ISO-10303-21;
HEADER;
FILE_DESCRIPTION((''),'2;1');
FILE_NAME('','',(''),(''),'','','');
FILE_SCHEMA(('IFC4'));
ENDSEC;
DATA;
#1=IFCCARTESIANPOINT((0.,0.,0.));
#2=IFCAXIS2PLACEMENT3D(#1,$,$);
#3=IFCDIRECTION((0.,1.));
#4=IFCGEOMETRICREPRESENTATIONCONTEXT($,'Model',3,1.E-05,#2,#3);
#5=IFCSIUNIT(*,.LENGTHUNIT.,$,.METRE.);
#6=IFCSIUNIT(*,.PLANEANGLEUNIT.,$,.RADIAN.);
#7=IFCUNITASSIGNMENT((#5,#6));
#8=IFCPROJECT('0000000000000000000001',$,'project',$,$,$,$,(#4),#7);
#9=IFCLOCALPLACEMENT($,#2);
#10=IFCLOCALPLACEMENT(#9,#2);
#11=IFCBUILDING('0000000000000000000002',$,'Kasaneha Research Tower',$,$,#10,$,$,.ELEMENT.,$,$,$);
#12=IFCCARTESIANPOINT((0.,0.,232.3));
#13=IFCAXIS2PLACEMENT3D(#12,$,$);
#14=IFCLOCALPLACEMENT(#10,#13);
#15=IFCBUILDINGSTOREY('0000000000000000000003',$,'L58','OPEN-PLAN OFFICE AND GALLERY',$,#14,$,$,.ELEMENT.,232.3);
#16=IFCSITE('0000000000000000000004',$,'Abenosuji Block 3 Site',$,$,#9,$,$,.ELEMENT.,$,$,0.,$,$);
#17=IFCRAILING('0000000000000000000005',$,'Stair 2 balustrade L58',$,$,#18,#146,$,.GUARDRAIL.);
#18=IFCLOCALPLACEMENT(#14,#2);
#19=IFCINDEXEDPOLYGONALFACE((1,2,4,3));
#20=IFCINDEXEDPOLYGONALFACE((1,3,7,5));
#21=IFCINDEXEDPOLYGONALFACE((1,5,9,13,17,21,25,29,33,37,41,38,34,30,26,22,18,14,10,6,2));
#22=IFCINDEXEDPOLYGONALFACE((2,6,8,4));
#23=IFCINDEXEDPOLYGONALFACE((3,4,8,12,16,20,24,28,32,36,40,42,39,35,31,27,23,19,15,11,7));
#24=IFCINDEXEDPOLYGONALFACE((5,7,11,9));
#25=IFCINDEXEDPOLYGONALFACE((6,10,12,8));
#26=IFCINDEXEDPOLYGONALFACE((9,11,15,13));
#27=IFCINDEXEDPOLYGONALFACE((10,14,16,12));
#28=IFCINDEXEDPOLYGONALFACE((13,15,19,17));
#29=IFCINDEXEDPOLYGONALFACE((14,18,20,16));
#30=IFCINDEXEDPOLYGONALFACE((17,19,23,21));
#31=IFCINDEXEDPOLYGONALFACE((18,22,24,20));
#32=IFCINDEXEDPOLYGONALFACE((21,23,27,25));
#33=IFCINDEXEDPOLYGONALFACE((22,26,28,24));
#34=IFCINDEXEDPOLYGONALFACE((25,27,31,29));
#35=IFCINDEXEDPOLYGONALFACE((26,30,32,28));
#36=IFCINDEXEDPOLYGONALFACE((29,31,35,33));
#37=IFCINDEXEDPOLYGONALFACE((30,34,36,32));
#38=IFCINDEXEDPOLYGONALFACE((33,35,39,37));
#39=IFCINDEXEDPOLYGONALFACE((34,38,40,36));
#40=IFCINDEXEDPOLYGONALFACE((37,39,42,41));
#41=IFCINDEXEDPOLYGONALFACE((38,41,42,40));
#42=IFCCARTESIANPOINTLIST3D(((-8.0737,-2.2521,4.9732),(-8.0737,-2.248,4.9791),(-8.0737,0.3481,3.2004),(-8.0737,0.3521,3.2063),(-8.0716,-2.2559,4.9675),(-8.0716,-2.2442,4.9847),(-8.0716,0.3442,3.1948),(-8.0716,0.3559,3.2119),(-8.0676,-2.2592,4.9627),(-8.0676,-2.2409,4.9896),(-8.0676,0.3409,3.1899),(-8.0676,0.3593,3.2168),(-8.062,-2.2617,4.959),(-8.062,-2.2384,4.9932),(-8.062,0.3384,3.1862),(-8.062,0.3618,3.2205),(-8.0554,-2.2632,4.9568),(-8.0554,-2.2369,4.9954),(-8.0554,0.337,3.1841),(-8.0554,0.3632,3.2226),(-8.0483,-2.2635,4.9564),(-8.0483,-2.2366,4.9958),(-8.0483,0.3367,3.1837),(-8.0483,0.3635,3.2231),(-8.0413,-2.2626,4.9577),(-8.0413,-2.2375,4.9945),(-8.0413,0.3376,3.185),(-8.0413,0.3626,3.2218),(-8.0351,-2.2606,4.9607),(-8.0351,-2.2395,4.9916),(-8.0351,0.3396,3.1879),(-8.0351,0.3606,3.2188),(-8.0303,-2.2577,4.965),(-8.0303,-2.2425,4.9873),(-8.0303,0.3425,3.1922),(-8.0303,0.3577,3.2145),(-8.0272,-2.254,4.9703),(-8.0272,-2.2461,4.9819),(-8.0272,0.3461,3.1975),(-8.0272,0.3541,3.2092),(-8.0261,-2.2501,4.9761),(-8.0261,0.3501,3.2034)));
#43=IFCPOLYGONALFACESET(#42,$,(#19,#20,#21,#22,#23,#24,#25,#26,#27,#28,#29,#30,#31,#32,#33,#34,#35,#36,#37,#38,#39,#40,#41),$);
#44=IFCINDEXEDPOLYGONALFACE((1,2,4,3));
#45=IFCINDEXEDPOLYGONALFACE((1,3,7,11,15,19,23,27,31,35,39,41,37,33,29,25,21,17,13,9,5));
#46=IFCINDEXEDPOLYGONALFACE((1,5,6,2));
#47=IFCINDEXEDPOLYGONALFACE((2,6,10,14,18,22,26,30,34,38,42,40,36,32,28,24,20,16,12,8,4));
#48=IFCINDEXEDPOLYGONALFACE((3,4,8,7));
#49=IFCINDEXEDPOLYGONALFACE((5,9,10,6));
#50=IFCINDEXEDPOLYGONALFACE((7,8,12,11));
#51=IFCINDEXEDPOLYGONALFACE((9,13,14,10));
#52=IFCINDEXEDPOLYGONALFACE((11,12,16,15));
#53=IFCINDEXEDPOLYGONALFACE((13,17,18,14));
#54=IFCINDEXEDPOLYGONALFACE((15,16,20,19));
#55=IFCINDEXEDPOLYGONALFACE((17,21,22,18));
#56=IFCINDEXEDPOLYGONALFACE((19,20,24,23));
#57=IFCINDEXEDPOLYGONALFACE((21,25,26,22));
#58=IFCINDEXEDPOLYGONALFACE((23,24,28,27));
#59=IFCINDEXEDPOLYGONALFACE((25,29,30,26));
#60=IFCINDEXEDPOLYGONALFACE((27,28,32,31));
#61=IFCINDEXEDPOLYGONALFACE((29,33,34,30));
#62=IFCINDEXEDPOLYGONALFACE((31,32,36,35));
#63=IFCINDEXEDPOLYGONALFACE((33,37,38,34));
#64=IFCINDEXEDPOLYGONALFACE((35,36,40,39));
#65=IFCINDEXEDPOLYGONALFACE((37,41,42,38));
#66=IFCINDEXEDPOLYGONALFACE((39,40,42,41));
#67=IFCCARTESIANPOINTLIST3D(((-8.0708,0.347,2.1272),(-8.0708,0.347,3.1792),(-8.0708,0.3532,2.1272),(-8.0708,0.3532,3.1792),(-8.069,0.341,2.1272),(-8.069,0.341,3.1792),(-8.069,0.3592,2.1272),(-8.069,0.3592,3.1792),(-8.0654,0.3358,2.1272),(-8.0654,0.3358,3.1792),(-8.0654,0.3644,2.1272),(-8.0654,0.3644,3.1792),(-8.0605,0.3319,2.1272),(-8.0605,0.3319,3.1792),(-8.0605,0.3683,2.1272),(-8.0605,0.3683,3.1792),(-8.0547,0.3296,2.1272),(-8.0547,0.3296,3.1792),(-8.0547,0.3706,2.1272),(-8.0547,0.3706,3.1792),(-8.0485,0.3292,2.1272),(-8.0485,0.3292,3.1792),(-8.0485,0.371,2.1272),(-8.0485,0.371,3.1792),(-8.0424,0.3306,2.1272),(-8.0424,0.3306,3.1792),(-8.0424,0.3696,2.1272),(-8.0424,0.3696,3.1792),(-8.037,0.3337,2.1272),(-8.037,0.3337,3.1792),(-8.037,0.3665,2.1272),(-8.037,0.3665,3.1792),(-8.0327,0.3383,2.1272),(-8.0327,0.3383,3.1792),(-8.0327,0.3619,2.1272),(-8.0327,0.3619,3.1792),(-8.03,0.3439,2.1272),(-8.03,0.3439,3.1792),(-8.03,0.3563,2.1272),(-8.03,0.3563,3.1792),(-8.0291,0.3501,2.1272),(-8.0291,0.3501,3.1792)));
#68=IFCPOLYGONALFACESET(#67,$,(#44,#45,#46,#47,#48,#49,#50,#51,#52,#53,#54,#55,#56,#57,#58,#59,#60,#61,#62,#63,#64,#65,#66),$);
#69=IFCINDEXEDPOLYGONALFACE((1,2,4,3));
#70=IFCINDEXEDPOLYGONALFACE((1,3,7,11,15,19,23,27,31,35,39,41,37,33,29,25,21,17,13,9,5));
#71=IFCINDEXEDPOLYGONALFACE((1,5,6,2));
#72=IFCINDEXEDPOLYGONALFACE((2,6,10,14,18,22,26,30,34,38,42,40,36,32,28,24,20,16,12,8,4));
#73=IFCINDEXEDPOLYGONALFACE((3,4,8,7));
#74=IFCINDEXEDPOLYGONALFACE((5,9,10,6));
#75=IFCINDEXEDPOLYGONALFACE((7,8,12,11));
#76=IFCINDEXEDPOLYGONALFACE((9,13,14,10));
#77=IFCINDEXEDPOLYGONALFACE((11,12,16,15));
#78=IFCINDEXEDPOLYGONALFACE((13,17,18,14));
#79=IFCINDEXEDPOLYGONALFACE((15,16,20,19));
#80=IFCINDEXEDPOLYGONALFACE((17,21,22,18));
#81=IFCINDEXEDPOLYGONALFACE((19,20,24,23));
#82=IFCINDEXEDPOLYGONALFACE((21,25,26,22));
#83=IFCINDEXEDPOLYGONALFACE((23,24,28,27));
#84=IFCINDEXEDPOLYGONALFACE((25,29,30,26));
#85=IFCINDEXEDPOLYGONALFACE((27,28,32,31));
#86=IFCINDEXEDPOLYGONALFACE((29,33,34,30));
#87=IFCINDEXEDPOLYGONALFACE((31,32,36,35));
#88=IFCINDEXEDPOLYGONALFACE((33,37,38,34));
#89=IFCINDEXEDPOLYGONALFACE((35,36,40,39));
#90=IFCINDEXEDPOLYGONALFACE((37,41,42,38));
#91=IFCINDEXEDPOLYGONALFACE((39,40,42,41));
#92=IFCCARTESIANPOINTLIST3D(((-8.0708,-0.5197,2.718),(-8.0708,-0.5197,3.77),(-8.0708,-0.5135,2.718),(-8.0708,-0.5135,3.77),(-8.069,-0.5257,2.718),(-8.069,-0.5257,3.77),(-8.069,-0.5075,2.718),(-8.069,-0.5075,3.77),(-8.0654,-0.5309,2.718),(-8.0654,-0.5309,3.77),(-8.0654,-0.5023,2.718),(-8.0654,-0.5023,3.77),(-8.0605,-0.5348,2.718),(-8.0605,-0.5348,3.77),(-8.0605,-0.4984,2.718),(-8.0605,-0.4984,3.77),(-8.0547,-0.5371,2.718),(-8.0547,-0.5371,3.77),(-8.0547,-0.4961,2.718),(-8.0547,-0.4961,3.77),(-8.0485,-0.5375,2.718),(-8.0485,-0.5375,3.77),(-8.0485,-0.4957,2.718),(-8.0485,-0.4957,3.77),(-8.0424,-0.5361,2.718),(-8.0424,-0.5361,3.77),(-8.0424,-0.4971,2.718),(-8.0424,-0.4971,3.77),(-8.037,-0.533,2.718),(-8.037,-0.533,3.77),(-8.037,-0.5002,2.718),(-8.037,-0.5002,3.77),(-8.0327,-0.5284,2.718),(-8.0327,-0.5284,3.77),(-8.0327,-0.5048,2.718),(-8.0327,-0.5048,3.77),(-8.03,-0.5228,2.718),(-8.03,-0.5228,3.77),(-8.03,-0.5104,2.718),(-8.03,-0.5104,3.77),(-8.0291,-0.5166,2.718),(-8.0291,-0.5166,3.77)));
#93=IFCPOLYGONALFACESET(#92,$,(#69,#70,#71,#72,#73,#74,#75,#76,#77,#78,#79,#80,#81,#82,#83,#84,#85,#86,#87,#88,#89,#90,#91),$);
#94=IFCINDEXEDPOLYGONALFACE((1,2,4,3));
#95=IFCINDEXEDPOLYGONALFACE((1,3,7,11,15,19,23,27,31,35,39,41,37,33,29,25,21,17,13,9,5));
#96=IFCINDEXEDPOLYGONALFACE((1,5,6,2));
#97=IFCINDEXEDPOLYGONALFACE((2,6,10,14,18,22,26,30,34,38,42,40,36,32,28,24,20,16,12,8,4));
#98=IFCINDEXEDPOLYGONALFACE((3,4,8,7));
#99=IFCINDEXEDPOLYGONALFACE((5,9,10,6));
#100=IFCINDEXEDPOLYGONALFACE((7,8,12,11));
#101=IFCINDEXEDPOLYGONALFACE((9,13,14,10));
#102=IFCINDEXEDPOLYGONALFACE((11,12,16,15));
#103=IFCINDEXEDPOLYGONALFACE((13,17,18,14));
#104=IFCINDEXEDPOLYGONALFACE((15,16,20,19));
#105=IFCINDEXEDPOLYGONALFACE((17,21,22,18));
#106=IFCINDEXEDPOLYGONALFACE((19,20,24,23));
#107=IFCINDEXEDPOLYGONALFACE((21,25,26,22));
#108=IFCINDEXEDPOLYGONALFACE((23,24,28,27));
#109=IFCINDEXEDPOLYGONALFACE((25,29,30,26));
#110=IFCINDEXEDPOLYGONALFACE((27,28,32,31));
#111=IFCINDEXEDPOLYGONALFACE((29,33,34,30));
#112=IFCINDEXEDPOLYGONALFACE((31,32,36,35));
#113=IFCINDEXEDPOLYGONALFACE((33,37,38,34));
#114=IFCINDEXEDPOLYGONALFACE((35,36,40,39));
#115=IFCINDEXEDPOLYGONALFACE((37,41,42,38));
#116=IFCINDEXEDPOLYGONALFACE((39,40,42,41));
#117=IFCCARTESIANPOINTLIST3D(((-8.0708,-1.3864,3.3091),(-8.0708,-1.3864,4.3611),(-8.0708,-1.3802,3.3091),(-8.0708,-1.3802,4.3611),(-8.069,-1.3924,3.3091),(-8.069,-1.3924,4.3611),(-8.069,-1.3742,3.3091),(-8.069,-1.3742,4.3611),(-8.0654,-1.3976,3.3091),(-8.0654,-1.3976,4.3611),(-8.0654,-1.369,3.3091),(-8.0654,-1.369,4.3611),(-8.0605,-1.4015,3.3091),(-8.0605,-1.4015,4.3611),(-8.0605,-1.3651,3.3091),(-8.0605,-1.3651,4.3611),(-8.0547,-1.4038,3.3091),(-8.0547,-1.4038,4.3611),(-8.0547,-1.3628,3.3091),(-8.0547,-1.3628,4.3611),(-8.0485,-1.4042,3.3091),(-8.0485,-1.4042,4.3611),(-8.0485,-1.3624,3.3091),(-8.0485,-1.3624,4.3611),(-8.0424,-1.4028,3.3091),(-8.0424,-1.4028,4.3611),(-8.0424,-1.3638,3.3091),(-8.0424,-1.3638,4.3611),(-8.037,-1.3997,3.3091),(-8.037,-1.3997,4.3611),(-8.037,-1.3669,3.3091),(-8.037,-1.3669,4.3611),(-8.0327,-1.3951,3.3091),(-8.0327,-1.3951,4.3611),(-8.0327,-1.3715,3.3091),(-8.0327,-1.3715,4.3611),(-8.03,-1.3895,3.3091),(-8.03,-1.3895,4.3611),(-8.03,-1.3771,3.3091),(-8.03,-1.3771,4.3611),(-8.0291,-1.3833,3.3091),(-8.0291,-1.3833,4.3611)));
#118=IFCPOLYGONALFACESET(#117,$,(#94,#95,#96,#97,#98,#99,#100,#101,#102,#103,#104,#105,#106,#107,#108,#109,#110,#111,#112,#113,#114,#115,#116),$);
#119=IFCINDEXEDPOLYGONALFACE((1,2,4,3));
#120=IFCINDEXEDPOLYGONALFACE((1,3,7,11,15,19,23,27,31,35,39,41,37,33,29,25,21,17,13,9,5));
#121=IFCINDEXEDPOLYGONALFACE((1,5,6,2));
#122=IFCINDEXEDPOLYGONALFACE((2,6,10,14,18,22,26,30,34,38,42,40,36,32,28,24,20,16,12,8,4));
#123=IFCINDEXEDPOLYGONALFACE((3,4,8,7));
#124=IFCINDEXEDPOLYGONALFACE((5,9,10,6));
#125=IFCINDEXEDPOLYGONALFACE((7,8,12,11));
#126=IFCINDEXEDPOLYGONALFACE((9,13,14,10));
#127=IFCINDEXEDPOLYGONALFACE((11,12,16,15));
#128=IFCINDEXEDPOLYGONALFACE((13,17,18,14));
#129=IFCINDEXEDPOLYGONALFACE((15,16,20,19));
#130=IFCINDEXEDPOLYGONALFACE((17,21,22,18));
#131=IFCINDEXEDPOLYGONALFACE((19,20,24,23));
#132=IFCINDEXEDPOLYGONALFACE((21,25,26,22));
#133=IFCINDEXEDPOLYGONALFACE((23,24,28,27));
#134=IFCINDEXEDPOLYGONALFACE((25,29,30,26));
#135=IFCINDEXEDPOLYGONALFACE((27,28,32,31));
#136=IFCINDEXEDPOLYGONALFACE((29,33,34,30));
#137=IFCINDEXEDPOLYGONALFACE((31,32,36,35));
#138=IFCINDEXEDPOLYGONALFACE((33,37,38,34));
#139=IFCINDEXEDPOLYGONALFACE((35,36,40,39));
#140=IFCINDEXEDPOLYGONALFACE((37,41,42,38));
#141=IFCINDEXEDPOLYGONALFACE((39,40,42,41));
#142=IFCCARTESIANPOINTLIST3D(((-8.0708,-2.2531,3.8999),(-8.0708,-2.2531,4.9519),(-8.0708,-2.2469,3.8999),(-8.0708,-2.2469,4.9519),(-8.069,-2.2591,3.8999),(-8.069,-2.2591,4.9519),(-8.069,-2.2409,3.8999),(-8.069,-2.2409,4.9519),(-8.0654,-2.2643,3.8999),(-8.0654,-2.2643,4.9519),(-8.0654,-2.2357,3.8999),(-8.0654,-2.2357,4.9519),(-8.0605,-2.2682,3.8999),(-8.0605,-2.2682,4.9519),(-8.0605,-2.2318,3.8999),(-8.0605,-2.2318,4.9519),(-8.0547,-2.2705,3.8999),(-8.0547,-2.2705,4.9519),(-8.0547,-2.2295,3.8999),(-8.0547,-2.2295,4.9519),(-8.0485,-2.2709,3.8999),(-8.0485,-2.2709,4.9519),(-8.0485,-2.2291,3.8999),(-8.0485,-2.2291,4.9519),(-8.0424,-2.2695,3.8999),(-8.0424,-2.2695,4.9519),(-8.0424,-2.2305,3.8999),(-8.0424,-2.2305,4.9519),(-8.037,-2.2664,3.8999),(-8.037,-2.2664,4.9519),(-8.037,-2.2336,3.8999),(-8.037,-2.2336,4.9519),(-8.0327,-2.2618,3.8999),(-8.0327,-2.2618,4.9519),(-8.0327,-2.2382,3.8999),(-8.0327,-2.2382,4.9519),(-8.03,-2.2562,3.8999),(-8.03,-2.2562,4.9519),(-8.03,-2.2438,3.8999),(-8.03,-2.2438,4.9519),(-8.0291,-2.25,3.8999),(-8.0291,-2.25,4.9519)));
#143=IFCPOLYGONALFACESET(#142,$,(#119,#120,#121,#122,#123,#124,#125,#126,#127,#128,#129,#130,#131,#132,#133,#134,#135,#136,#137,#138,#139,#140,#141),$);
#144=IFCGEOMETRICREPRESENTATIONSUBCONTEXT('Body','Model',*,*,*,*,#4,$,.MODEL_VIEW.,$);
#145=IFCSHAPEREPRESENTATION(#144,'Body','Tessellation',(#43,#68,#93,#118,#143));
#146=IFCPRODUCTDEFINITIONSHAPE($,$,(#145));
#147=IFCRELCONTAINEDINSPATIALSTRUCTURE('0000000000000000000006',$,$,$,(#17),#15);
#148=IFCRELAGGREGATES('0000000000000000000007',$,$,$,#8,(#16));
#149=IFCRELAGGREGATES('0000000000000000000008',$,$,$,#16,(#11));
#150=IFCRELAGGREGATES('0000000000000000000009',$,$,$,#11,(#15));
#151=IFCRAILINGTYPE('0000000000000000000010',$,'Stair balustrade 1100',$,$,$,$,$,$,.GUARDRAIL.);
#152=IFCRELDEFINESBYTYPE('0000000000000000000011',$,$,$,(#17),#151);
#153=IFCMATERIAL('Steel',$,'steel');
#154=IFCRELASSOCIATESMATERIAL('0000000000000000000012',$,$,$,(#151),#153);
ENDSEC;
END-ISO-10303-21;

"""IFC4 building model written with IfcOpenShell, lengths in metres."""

from ifc_helpers import new_model, si_unit, direction, frame, origin, origin_2d, place, context, subcontext, project, spatial, circle, extrude, material, type_object, element, save


model = new_model("IFC4")

# Units and contexts
model_context = context("Model", 3, precision=1e-05, world=origin(), true_north=direction((0.0, 1.0)))
body_context = subcontext(model_context, "Body", "Model", "MODEL_VIEW")
ifc_project = project(units=[si_unit("LENGTHUNIT", "METRE"), si_unit("PLANEANGLEUNIT", "RADIAN")], contexts=[model_context])

# Site, building, storey
site_placement = place(None, origin())
site = spatial("IfcSite", under=ifc_project, at=site_placement, Name="Abenosuji Block 3 Site", CompositionType="ELEMENT", RefElevation=0.0)
building_placement = place(site_placement, origin())
building = spatial("IfcBuilding", under=site, at=building_placement, Name="Kasaneha Research Tower", CompositionType="ELEMENT")
storey_placement = place(building_placement, frame((0.0, 0.0, 232.3)))
storey = spatial("IfcBuildingStorey", under=building, at=storey_placement, Name="L58", Description="OPEN-PLAN OFFICE AND GALLERY", CompositionType="ELEMENT", Elevation=232.3)

# Railing
ifc_material_1 = material(Name="Steel", Category="steel")
railing_type_1 = type_object("IfcRailingType", Name="Stair balustrade 1100", PredefinedType="GUARDRAIL", material=ifc_material_1)
railing_1_placement = place(storey_placement, frame((-8.05, 0.3501, 2.1272)))
element("IfcRailing", 1, at=railing_1_placement, inside=storey, type_object=railing_type_1, Name="Stair 2 balustrade L58", PredefinedType="GUARDRAIL", context=body_context, shape_type="SweptSolid", body=[
    extrude(circle(Radius=0.0239, at=origin_2d()), frame((0.0, 0.0, 1.0762), z_axis=(0.0, -0.82624, 0.563318), x_axis=(1.0, 0.0, 0.0)), (0.0, 0.0, 1.0), 3.147),
    extrude(circle(Radius=0.021, at=origin_2d()), origin(), (0.0, 0.0, 1.0), 1.052),
    extrude(circle(Radius=0.021, at=origin_2d()), frame((0.0, -0.8667, 0.5908)), (0.0, 0.0, 1.0), 1.052),
    extrude(circle(Radius=0.021, at=origin_2d()), frame((0.0, -1.7334, 1.1819)), (0.0, 0.0, 1.0), 1.052),
    extrude(circle(Radius=0.021, at=origin_2d()), frame((0.0, -2.6001, 1.7727)), (0.0, 0.0, 1.0), 1.052),
])

save(model, "model.ifc")
